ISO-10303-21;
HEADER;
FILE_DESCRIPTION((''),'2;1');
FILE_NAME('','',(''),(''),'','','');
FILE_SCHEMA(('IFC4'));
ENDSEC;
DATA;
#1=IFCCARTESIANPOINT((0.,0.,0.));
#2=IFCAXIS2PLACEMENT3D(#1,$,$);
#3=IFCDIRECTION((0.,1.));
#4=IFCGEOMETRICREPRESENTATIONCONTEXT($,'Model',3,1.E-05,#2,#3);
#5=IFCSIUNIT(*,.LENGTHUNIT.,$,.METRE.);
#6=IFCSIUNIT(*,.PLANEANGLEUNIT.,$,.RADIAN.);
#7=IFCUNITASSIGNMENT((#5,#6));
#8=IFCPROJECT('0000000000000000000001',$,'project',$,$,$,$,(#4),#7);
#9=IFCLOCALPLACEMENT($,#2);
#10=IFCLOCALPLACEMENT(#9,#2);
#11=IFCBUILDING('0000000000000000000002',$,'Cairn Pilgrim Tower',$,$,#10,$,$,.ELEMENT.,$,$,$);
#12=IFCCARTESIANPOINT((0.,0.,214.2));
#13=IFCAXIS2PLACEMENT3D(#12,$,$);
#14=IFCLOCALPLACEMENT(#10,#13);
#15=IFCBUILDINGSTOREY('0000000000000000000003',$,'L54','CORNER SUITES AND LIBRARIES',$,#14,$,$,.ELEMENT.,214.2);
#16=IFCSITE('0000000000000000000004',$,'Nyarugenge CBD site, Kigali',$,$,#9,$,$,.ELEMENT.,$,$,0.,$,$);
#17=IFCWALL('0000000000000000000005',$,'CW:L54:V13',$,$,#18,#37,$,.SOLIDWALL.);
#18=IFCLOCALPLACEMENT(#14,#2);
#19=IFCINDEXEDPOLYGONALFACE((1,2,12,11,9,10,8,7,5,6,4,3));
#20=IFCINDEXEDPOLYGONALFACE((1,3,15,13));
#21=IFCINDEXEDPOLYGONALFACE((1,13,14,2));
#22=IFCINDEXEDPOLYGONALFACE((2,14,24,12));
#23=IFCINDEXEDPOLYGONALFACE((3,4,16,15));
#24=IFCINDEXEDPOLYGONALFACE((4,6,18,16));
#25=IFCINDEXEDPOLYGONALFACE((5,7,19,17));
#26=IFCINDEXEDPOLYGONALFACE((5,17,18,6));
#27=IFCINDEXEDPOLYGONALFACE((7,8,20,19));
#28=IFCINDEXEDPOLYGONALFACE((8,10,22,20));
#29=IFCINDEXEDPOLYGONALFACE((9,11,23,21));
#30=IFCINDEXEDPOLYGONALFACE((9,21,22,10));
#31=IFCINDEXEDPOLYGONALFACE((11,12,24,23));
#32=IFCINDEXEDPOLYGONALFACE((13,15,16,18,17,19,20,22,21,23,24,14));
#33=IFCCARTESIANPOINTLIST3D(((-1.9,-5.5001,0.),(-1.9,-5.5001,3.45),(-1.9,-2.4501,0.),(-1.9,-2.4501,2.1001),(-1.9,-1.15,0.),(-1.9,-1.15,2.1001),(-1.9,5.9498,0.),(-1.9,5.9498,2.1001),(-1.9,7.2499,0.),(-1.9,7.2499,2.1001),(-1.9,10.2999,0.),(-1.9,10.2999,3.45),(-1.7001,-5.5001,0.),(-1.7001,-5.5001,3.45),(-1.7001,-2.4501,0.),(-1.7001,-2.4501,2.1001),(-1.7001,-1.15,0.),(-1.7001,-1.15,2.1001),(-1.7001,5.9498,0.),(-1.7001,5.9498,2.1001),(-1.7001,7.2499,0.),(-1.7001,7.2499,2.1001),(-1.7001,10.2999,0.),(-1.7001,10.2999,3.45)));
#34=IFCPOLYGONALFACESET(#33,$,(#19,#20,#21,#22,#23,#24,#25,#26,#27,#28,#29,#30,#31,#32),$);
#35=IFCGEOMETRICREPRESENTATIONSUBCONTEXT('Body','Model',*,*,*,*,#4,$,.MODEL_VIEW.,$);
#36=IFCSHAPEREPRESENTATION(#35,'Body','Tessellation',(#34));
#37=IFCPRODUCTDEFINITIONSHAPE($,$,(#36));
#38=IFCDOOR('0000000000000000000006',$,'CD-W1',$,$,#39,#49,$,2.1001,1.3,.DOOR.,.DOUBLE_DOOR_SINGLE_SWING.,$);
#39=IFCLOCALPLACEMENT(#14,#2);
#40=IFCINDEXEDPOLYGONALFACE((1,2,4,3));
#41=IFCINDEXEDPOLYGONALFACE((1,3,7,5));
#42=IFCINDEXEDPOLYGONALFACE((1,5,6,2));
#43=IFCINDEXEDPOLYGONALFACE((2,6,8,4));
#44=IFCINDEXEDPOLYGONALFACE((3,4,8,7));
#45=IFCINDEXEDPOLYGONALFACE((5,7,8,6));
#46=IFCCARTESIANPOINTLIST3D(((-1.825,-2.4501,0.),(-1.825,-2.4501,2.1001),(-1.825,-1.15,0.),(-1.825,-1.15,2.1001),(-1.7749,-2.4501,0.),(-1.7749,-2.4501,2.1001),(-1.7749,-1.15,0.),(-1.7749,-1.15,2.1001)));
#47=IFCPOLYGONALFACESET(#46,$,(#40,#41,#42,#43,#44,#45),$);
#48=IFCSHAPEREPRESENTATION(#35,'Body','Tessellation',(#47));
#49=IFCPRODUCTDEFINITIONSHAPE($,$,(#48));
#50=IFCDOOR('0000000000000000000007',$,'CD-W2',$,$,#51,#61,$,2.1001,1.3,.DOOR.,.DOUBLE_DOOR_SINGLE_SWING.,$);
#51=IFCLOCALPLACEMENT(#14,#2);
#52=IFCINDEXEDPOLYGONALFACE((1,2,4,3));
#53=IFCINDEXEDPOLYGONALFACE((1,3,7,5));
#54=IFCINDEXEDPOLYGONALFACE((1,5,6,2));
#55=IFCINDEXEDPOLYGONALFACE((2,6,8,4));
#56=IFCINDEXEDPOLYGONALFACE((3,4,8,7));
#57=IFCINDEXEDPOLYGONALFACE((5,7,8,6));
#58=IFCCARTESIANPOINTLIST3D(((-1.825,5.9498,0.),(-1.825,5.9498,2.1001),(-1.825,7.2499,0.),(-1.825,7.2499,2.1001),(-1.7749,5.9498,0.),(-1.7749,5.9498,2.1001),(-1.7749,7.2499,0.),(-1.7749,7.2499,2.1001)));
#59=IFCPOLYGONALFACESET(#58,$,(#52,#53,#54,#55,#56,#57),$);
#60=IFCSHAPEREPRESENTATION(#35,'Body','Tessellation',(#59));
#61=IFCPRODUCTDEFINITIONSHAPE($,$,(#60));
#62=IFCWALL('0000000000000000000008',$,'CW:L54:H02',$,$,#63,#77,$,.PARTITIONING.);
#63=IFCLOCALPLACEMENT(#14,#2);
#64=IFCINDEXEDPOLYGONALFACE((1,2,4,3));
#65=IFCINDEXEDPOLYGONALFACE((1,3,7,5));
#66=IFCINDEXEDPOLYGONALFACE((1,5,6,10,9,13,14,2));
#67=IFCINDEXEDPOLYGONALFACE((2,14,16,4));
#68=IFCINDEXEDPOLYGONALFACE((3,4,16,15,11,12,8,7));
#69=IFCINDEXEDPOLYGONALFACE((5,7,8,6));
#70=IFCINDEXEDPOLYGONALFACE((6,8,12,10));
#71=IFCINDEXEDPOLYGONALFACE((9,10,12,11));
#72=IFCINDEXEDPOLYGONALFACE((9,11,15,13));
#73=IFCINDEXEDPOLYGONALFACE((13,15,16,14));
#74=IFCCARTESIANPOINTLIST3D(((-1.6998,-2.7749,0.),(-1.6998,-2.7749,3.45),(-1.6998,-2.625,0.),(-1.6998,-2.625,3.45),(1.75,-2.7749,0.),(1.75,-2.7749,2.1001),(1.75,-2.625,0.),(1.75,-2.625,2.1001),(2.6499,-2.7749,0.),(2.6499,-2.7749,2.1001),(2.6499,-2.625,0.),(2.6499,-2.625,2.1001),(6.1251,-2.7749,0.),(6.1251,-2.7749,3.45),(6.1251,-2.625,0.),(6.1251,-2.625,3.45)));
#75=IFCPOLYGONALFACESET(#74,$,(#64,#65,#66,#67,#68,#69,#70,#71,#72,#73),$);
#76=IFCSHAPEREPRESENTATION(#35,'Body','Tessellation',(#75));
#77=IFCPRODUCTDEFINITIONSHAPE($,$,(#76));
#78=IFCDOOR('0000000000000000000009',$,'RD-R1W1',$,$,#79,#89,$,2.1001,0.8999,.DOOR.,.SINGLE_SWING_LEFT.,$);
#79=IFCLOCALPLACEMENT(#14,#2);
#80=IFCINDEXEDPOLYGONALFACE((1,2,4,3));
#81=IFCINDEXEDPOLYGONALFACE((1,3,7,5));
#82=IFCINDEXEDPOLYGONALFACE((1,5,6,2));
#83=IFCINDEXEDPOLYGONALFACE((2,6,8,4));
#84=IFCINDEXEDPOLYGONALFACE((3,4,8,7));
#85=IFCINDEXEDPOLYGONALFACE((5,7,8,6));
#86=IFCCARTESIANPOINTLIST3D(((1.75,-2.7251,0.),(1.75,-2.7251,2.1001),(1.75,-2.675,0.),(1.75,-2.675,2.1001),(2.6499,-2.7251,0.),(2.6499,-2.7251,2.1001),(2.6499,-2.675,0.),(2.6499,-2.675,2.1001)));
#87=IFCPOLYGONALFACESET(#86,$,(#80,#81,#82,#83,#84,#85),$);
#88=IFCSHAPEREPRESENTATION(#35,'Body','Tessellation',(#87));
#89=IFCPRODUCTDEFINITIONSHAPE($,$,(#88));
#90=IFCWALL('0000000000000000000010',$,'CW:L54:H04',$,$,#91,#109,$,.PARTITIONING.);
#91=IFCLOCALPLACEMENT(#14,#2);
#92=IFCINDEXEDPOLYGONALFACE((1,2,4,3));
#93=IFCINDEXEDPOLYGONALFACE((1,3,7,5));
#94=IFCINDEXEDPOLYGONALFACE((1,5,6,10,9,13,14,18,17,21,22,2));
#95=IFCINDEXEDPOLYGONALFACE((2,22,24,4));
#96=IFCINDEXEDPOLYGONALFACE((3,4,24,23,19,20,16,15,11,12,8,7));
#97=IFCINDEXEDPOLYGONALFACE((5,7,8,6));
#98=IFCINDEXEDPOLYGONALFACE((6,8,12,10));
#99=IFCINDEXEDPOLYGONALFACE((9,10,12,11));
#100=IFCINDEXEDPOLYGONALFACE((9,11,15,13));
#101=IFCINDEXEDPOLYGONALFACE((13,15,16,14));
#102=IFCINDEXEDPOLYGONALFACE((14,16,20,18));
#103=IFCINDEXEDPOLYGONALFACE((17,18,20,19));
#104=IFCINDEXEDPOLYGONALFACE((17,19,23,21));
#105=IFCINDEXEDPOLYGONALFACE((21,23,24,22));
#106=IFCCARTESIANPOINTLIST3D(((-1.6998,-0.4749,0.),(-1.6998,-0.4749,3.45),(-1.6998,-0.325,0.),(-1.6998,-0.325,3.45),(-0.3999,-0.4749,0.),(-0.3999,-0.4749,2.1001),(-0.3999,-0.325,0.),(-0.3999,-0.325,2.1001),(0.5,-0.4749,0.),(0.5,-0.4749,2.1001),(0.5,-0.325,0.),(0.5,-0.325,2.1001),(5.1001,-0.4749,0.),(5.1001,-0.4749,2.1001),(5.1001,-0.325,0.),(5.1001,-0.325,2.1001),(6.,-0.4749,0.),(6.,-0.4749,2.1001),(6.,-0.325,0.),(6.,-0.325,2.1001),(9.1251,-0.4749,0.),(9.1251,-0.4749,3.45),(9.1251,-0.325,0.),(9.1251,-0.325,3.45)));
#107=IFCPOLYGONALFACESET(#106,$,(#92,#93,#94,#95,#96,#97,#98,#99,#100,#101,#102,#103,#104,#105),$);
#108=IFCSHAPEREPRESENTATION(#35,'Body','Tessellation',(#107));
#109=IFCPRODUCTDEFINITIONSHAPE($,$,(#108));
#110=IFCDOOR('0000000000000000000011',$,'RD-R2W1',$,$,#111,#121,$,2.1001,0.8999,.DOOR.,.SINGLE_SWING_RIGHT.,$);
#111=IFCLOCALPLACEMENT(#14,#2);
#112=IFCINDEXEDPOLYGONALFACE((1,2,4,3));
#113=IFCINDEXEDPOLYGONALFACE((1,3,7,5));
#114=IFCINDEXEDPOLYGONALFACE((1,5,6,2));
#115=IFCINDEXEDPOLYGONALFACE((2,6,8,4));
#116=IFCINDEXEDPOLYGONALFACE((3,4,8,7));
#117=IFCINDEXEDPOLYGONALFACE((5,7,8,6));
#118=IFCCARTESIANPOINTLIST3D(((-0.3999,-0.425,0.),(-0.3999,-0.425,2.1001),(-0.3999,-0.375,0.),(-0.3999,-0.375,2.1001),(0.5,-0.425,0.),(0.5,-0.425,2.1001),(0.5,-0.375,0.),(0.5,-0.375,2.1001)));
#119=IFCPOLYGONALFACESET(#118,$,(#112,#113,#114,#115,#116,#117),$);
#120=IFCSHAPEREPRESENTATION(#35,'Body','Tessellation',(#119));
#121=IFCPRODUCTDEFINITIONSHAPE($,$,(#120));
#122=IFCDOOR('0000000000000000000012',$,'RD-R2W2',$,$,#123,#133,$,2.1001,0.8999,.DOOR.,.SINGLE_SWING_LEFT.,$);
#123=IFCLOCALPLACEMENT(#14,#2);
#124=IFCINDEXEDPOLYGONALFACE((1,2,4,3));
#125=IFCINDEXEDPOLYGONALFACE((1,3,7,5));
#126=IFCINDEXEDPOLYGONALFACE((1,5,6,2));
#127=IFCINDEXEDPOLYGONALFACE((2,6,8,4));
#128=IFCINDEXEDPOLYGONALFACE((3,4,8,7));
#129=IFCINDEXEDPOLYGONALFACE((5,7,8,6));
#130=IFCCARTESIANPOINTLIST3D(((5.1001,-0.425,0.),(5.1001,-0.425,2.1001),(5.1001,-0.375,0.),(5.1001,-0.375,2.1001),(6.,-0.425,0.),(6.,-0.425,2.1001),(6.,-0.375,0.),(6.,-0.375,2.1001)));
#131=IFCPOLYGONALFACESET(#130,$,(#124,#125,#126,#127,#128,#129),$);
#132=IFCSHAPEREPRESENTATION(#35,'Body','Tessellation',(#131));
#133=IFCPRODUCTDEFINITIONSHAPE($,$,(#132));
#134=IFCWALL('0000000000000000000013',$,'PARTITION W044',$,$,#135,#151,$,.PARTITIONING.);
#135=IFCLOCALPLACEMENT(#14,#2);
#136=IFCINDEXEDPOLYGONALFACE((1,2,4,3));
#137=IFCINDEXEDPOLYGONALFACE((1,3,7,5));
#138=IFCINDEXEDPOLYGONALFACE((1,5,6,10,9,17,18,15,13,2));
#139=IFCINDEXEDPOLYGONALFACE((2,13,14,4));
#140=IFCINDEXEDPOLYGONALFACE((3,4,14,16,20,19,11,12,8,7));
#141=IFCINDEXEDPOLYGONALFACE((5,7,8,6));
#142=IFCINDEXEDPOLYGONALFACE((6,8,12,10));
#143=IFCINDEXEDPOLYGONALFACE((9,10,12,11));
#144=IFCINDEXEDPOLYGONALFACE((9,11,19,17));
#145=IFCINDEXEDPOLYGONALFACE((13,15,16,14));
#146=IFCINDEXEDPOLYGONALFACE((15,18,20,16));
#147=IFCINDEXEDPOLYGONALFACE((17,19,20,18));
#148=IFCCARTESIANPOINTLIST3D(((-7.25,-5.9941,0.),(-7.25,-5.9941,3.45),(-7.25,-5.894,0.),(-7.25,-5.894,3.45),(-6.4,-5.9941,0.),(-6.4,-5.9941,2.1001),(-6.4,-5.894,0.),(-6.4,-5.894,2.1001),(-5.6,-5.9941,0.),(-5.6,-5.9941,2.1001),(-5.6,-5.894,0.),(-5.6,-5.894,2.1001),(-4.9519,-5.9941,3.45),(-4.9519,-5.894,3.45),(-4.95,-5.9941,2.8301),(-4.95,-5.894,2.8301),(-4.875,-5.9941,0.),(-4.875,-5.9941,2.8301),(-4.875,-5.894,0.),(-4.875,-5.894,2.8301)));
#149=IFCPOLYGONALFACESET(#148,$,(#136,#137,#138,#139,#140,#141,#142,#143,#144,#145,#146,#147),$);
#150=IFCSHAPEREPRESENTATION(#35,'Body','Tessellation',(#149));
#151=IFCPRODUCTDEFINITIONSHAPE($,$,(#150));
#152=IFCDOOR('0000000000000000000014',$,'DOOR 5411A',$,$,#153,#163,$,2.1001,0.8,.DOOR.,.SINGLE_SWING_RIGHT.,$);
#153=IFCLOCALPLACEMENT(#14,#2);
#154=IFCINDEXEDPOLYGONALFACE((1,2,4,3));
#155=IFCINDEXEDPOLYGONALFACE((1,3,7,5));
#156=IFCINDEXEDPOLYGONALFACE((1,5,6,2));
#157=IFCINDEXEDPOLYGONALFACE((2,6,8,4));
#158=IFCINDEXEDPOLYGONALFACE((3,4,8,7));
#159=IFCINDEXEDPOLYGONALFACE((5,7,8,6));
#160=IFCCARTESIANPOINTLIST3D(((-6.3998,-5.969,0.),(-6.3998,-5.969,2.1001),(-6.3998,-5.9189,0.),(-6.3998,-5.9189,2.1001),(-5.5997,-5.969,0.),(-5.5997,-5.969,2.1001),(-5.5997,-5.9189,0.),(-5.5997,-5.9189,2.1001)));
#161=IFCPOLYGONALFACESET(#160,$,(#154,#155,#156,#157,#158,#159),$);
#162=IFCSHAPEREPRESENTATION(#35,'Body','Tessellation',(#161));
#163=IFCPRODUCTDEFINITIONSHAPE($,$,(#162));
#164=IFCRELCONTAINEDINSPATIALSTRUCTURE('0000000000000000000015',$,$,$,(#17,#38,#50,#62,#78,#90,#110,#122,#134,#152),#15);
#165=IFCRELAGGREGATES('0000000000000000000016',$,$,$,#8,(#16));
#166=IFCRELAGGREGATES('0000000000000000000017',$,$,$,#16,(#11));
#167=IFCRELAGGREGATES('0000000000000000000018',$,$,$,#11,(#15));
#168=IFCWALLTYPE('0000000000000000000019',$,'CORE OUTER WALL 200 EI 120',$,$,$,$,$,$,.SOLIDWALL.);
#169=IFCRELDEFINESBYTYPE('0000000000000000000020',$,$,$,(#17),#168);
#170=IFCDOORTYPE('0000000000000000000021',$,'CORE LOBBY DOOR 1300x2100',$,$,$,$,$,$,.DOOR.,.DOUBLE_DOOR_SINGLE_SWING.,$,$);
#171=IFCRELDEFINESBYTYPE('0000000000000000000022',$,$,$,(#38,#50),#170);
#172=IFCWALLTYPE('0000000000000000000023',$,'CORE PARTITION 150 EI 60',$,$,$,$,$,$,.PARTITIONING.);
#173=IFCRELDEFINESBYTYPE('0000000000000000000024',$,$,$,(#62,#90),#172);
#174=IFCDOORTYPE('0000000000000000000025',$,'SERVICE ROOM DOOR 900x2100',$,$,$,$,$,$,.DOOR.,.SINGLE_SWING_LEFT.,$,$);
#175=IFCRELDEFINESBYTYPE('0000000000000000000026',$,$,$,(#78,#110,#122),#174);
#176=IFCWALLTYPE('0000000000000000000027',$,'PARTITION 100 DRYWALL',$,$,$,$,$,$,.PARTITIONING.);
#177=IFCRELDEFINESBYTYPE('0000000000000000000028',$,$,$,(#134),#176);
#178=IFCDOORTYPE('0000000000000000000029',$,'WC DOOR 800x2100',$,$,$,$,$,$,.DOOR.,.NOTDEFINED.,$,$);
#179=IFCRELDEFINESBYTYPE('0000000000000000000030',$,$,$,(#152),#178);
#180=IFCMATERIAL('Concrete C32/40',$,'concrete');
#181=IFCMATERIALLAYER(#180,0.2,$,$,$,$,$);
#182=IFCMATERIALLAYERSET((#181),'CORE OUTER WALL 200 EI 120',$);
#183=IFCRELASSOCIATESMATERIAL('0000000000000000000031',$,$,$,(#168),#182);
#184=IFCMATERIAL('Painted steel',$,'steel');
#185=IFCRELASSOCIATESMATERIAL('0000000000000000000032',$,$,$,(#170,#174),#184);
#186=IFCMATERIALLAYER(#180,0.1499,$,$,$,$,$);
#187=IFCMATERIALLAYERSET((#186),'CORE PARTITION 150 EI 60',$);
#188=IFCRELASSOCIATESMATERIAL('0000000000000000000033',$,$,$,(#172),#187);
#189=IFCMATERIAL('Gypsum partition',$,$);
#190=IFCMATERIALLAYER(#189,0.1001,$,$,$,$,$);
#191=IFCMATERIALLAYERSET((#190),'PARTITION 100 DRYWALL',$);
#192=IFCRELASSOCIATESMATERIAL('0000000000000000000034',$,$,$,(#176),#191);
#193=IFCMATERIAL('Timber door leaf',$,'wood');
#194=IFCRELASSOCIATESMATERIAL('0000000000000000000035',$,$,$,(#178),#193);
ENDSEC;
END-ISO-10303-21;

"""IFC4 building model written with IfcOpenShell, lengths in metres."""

from ifc_helpers import new_model, si_unit, direction, frame, frame_2d, origin, place, context, subcontext, project, spatial, polyline, rectangle, outline, extrude, material, layer, layer_set, type_object, element, fill, save


model = new_model("IFC4")

# Units and contexts
model_context = context("Model", 3, precision=1e-05, world=origin(), true_north=direction((0.0, 1.0)))
body_context = subcontext(model_context, "Body", "Model", "MODEL_VIEW")
ifc_project = project(units=[si_unit("LENGTHUNIT", "METRE"), si_unit("PLANEANGLEUNIT", "RADIAN")], contexts=[model_context])

# Site, building, storey
site_placement = place(None, origin())
site = spatial("IfcSite", under=ifc_project, at=site_placement, Name="Nyarugenge CBD site, Kigali", CompositionType="ELEMENT", RefElevation=0.0)
building_placement = place(site_placement, origin())
building = spatial("IfcBuilding", under=site, at=building_placement, Name="Cairn Pilgrim Tower", CompositionType="ELEMENT")
storey_placement = place(building_placement, frame((0.0, 0.0, 214.2)))
storey = spatial("IfcBuildingStorey", under=building, at=storey_placement, Name="L54", Description="CORNER SUITES AND LIBRARIES", CompositionType="ELEMENT", Elevation=214.2)

# Shared definitions
ifc_material_1 = material(Name="Concrete C32/40", Category="concrete")
ifc_layer_1 = layer(ifc_material_1, 0.2)
ifc_layer_set_1 = layer_set([ifc_layer_1], Name="CORE OUTER WALL 200 EI 120")
wall_type_1 = type_object("IfcWallType", Name="CORE OUTER WALL 200 EI 120", PredefinedType="SOLIDWALL", material=ifc_layer_set_1)

# Wall, openings, doors
wall_1_placement = place(storey_placement, frame((-1.8, -5.5, 0.0), z_axis=(0.0, 0.0, 1.0), x_axis=(0.0, 1.0, 0.0)))
wall_1 = element("IfcWall", 1, at=wall_1_placement, inside=storey, type_object=wall_type_1, Name="CW:L54:V13", PredefinedType="SOLIDWALL", context=body_context, shape_type="SweptSolid", body=[
    extrude(rectangle(XDim=15.8, YDim=0.2, at=frame_2d((7.8999, 0.0))), origin(), (0.0, 0.0, 1.0), 3.45),
])
opening_1_placement = place(wall_1_placement, frame((3.05, 0.0, 0.0)))
opening_1 = element("IfcOpeningElement", 2, at=opening_1_placement, cuts=wall_1, PredefinedType="OPENING", context=body_context, shape_type="SweptSolid", body=[
    extrude(rectangle(XDim=1.3, YDim=2.1001, at=frame_2d((0.6499, 1.05))), frame((0.0, 0.1099, 0.0), z_axis=(0.0, -1.0, 0.0), x_axis=(1.0, 0.0, 0.0)), (0.0, 0.0, 1.0), 0.22),
])
opening_2_placement = place(wall_1_placement, frame((11.45, 0.0, 0.0)))
opening_2 = element("IfcOpeningElement", 3, at=opening_2_placement, cuts=wall_1, PredefinedType="OPENING", context=body_context, shape_type="SweptSolid", body=[
    extrude(rectangle(XDim=1.3, YDim=2.1001, at=frame_2d((0.6499, 1.05))), frame((0.0, 0.1099, 0.0), z_axis=(0.0, -1.0, 0.0), x_axis=(1.0, 0.0, 0.0)), (0.0, 0.0, 1.0), 0.22),
])
ifc_material_2 = material(Name="Painted steel", Category="steel")
door_type_1 = type_object("IfcDoorType", Name="CORE LOBBY DOOR 1300x2100", OperationType="DOUBLE_DOOR_SINGLE_SWING", PredefinedType="DOOR", material=ifc_material_2)
door_1_placement = place(opening_1_placement, origin())
door_1 = element("IfcDoor", 4, at=door_1_placement, inside=storey, type_object=door_type_1, Name="CD-W1", OperationType="DOUBLE_DOOR_SINGLE_SWING", OverallHeight=2.1001, OverallWidth=1.3, PredefinedType="DOOR", context=body_context, shape_type="SweptSolid", body=[
    extrude(rectangle(XDim=1.3, YDim=2.1001, at=frame_2d((0.6499, 1.05))), frame((0.0, 0.0249, 0.0), z_axis=(0.0, -1.0, 0.0), x_axis=(1.0, 0.0, 0.0)), (0.0, 0.0, 1.0), 0.05),
])
fill(opening_1, door_1)
door_2_placement = place(opening_2_placement, origin())
door_2 = element("IfcDoor", 5, at=door_2_placement, inside=storey, type_object=door_type_1, Name="CD-W2", OperationType="DOUBLE_DOOR_SINGLE_SWING", OverallHeight=2.1001, OverallWidth=1.3, PredefinedType="DOOR", context=body_context, shape_type="SweptSolid", body=[
    extrude(rectangle(XDim=1.3, YDim=2.1001, at=frame_2d((0.6499, 1.05))), frame((0.0, 0.0249, 0.0), z_axis=(0.0, -1.0, 0.0), x_axis=(1.0, 0.0, 0.0)), (0.0, 0.0, 1.0), 0.05),
])
fill(opening_2, door_2)

# Wall, opening, door
ifc_layer_2 = layer(ifc_material_1, 0.1499)
ifc_layer_set_2 = layer_set([ifc_layer_2], Name="CORE PARTITION 150 EI 60")
wall_type_2 = type_object("IfcWallType", Name="CORE PARTITION 150 EI 60", PredefinedType="PARTITIONING", material=ifc_layer_set_2)
wall_2_placement = place(storey_placement, frame((-1.7, -2.7, 0.0), z_axis=(0.0, 0.0, 1.0), x_axis=(1.0, 0.0, 0.0)))
wall_2 = element("IfcWall", 6, at=wall_2_placement, inside=storey, type_object=wall_type_2, Name="CW:L54:H02", PredefinedType="PARTITIONING", context=body_context, shape_type="SweptSolid", body=[
    extrude(rectangle(XDim=7.825, YDim=0.1499, at=frame_2d((3.9126, 0.0))), origin(), (0.0, 0.0, 1.0), 3.45),
])
opening_3_placement = place(wall_2_placement, frame((3.45, 0.0, 0.0)))
opening_3 = element("IfcOpeningElement", 7, at=opening_3_placement, cuts=wall_2, PredefinedType="OPENING", context=body_context, shape_type="SweptSolid", body=[
    extrude(rectangle(XDim=0.8999, YDim=2.1001, at=frame_2d((0.45, 1.05))), frame((0.0, 0.085, 0.0), z_axis=(0.0, -1.0, 0.0), x_axis=(1.0, 0.0, 0.0)), (0.0, 0.0, 1.0), 0.1699),
])
door_type_2 = type_object("IfcDoorType", Name="SERVICE ROOM DOOR 900x2100", OperationType="SINGLE_SWING_LEFT", PredefinedType="DOOR", material=ifc_material_2)
door_3_placement = place(opening_3_placement, origin())
door_3 = element("IfcDoor", 8, at=door_3_placement, inside=storey, type_object=door_type_2, Name="RD-R1W1", OperationType="SINGLE_SWING_LEFT", OverallHeight=2.1001, OverallWidth=0.8999, PredefinedType="DOOR", context=body_context, shape_type="SweptSolid", body=[
    extrude(rectangle(XDim=0.8999, YDim=2.1001, at=frame_2d((0.45, 1.05))), frame((0.0, 0.0249, 0.0), z_axis=(0.0, -1.0, 0.0), x_axis=(1.0, 0.0, 0.0)), (0.0, 0.0, 1.0), 0.05),
])
fill(opening_3, door_3)

# Wall, openings, doors
wall_3_placement = place(storey_placement, frame((-1.7, -0.3999, 0.0), z_axis=(0.0, 0.0, 1.0), x_axis=(1.0, 0.0, 0.0)))
wall_3 = element("IfcWall", 9, at=wall_3_placement, inside=storey, type_object=wall_type_2, Name="CW:L54:H04", PredefinedType="PARTITIONING", context=body_context, shape_type="SweptSolid", body=[
    extrude(rectangle(XDim=10.825, YDim=0.1499, at=frame_2d((5.4126, 0.0))), origin(), (0.0, 0.0, 1.0), 3.45),
])
opening_4_placement = place(wall_3_placement, frame((1.3, 0.0, 0.0)))
opening_4 = element("IfcOpeningElement", 10, at=opening_4_placement, cuts=wall_3, PredefinedType="OPENING", context=body_context, shape_type="SweptSolid", body=[
    extrude(rectangle(XDim=0.8999, YDim=2.1001, at=frame_2d((0.45, 1.05))), frame((0.0, 0.085, 0.0), z_axis=(0.0, -1.0, 0.0), x_axis=(1.0, 0.0, 0.0)), (0.0, 0.0, 1.0), 0.1699),
])
opening_5_placement = place(wall_3_placement, frame((6.8, 0.0, 0.0)))
opening_5 = element("IfcOpeningElement", 11, at=opening_5_placement, cuts=wall_3, PredefinedType="OPENING", context=body_context, shape_type="SweptSolid", body=[
    extrude(rectangle(XDim=0.8999, YDim=2.1001, at=frame_2d((0.45, 1.05))), frame((0.0, 0.085, 0.0), z_axis=(0.0, -1.0, 0.0), x_axis=(1.0, 0.0, 0.0)), (0.0, 0.0, 1.0), 0.1699),
])
door_4_placement = place(opening_4_placement, origin())
door_4 = element("IfcDoor", 12, at=door_4_placement, inside=storey, type_object=door_type_2, Name="RD-R2W1", OperationType="SINGLE_SWING_RIGHT", OverallHeight=2.1001, OverallWidth=0.8999, PredefinedType="DOOR", context=body_context, shape_type="SweptSolid", body=[
    extrude(rectangle(XDim=0.8999, YDim=2.1001, at=frame_2d((0.45, 1.05))), frame((0.0, 0.0249, 0.0), z_axis=(0.0, -1.0, 0.0), x_axis=(1.0, 0.0, 0.0)), (0.0, 0.0, 1.0), 0.05),
])
fill(opening_4, door_4)
door_5_placement = place(opening_5_placement, origin())
door_5 = element("IfcDoor", 13, at=door_5_placement, inside=storey, type_object=door_type_2, Name="RD-R2W2", OperationType="SINGLE_SWING_LEFT", OverallHeight=2.1001, OverallWidth=0.8999, PredefinedType="DOOR", context=body_context, shape_type="SweptSolid", body=[
    extrude(rectangle(XDim=0.8999, YDim=2.1001, at=frame_2d((0.45, 1.05))), frame((0.0, 0.0249, 0.0), z_axis=(0.0, -1.0, 0.0), x_axis=(1.0, 0.0, 0.0)), (0.0, 0.0, 1.0), 0.05),
])
fill(opening_5, door_5)

# Wall, opening, door
ifc_material_3 = material(Name="Gypsum partition")
ifc_layer_3 = layer(ifc_material_3, 0.1001)
ifc_layer_set_3 = layer_set([ifc_layer_3], Name="PARTITION 100 DRYWALL")
wall_type_3 = type_object("IfcWallType", Name="PARTITION 100 DRYWALL", PredefinedType="PARTITIONING", material=ifc_layer_set_3)
wall_4_placement = place(storey_placement, frame((-7.25, -5.9441, 0.0), z_axis=(0.0, 0.0, 1.0), x_axis=(1.0, 0.0, 0.0)))
wall_4 = element("IfcWall", 14, at=wall_4_placement, inside=storey, type_object=wall_type_3, Name="PARTITION W044", PredefinedType="PARTITIONING", context=body_context, shape_type="SweptSolid", body=[
    extrude(outline(polyline([(0.0, 0.0), (2.375, 0.0), (2.375, 2.8301), (2.3, 2.8301), (2.2981, 3.45), (0.0, 3.45), (0.0, 0.0)])), frame((0.0, 0.05, 0.0), z_axis=(0.0, -1.0, 0.0), x_axis=(1.0, 0.0, 0.0)), (0.0, 0.0, 1.0), 0.1001),
])
opening_6_placement = place(wall_4_placement, frame((0.8501, 0.0, 0.0)))
opening_6 = element("IfcOpeningElement", 15, at=opening_6_placement, cuts=wall_4, PredefinedType="OPENING", context=body_context, shape_type="SweptSolid", body=[
    extrude(rectangle(XDim=0.8, YDim=2.1001, at=frame_2d((0.3999, 1.05))), frame((0.0, 0.0601, 0.0), z_axis=(0.0, -1.0, 0.0), x_axis=(1.0, 0.0, 0.0)), (0.0, 0.0, 1.0), 0.1201),
])
ifc_material_4 = material(Name="Timber door leaf", Category="wood")
door_type_3 = type_object("IfcDoorType", Name="WC DOOR 800x2100", OperationType="NOTDEFINED", PredefinedType="DOOR", material=ifc_material_4)
door_6_placement = place(opening_6_placement, frame((0.8, 0.0, 0.0), z_axis=(0.0, 0.0, 1.0), x_axis=(-1.0, 0.0, 0.0)))
door_6 = element("IfcDoor", 16, at=door_6_placement, inside=storey, type_object=door_type_3, Name="DOOR 5411A", OperationType="SINGLE_SWING_RIGHT", OverallHeight=2.1001, OverallWidth=0.8, PredefinedType="DOOR", context=body_context, shape_type="SweptSolid", body=[
    extrude(rectangle(XDim=0.8, YDim=2.1001, at=frame_2d((0.3999, 1.05))), frame((0.0, 0.0249, 0.0), z_axis=(0.0, -1.0, 0.0), x_axis=(1.0, 0.0, 0.0)), (0.0, 0.0, 1.0), 0.05),
])
fill(opening_6, door_6)

save(model, "model.ifc")
